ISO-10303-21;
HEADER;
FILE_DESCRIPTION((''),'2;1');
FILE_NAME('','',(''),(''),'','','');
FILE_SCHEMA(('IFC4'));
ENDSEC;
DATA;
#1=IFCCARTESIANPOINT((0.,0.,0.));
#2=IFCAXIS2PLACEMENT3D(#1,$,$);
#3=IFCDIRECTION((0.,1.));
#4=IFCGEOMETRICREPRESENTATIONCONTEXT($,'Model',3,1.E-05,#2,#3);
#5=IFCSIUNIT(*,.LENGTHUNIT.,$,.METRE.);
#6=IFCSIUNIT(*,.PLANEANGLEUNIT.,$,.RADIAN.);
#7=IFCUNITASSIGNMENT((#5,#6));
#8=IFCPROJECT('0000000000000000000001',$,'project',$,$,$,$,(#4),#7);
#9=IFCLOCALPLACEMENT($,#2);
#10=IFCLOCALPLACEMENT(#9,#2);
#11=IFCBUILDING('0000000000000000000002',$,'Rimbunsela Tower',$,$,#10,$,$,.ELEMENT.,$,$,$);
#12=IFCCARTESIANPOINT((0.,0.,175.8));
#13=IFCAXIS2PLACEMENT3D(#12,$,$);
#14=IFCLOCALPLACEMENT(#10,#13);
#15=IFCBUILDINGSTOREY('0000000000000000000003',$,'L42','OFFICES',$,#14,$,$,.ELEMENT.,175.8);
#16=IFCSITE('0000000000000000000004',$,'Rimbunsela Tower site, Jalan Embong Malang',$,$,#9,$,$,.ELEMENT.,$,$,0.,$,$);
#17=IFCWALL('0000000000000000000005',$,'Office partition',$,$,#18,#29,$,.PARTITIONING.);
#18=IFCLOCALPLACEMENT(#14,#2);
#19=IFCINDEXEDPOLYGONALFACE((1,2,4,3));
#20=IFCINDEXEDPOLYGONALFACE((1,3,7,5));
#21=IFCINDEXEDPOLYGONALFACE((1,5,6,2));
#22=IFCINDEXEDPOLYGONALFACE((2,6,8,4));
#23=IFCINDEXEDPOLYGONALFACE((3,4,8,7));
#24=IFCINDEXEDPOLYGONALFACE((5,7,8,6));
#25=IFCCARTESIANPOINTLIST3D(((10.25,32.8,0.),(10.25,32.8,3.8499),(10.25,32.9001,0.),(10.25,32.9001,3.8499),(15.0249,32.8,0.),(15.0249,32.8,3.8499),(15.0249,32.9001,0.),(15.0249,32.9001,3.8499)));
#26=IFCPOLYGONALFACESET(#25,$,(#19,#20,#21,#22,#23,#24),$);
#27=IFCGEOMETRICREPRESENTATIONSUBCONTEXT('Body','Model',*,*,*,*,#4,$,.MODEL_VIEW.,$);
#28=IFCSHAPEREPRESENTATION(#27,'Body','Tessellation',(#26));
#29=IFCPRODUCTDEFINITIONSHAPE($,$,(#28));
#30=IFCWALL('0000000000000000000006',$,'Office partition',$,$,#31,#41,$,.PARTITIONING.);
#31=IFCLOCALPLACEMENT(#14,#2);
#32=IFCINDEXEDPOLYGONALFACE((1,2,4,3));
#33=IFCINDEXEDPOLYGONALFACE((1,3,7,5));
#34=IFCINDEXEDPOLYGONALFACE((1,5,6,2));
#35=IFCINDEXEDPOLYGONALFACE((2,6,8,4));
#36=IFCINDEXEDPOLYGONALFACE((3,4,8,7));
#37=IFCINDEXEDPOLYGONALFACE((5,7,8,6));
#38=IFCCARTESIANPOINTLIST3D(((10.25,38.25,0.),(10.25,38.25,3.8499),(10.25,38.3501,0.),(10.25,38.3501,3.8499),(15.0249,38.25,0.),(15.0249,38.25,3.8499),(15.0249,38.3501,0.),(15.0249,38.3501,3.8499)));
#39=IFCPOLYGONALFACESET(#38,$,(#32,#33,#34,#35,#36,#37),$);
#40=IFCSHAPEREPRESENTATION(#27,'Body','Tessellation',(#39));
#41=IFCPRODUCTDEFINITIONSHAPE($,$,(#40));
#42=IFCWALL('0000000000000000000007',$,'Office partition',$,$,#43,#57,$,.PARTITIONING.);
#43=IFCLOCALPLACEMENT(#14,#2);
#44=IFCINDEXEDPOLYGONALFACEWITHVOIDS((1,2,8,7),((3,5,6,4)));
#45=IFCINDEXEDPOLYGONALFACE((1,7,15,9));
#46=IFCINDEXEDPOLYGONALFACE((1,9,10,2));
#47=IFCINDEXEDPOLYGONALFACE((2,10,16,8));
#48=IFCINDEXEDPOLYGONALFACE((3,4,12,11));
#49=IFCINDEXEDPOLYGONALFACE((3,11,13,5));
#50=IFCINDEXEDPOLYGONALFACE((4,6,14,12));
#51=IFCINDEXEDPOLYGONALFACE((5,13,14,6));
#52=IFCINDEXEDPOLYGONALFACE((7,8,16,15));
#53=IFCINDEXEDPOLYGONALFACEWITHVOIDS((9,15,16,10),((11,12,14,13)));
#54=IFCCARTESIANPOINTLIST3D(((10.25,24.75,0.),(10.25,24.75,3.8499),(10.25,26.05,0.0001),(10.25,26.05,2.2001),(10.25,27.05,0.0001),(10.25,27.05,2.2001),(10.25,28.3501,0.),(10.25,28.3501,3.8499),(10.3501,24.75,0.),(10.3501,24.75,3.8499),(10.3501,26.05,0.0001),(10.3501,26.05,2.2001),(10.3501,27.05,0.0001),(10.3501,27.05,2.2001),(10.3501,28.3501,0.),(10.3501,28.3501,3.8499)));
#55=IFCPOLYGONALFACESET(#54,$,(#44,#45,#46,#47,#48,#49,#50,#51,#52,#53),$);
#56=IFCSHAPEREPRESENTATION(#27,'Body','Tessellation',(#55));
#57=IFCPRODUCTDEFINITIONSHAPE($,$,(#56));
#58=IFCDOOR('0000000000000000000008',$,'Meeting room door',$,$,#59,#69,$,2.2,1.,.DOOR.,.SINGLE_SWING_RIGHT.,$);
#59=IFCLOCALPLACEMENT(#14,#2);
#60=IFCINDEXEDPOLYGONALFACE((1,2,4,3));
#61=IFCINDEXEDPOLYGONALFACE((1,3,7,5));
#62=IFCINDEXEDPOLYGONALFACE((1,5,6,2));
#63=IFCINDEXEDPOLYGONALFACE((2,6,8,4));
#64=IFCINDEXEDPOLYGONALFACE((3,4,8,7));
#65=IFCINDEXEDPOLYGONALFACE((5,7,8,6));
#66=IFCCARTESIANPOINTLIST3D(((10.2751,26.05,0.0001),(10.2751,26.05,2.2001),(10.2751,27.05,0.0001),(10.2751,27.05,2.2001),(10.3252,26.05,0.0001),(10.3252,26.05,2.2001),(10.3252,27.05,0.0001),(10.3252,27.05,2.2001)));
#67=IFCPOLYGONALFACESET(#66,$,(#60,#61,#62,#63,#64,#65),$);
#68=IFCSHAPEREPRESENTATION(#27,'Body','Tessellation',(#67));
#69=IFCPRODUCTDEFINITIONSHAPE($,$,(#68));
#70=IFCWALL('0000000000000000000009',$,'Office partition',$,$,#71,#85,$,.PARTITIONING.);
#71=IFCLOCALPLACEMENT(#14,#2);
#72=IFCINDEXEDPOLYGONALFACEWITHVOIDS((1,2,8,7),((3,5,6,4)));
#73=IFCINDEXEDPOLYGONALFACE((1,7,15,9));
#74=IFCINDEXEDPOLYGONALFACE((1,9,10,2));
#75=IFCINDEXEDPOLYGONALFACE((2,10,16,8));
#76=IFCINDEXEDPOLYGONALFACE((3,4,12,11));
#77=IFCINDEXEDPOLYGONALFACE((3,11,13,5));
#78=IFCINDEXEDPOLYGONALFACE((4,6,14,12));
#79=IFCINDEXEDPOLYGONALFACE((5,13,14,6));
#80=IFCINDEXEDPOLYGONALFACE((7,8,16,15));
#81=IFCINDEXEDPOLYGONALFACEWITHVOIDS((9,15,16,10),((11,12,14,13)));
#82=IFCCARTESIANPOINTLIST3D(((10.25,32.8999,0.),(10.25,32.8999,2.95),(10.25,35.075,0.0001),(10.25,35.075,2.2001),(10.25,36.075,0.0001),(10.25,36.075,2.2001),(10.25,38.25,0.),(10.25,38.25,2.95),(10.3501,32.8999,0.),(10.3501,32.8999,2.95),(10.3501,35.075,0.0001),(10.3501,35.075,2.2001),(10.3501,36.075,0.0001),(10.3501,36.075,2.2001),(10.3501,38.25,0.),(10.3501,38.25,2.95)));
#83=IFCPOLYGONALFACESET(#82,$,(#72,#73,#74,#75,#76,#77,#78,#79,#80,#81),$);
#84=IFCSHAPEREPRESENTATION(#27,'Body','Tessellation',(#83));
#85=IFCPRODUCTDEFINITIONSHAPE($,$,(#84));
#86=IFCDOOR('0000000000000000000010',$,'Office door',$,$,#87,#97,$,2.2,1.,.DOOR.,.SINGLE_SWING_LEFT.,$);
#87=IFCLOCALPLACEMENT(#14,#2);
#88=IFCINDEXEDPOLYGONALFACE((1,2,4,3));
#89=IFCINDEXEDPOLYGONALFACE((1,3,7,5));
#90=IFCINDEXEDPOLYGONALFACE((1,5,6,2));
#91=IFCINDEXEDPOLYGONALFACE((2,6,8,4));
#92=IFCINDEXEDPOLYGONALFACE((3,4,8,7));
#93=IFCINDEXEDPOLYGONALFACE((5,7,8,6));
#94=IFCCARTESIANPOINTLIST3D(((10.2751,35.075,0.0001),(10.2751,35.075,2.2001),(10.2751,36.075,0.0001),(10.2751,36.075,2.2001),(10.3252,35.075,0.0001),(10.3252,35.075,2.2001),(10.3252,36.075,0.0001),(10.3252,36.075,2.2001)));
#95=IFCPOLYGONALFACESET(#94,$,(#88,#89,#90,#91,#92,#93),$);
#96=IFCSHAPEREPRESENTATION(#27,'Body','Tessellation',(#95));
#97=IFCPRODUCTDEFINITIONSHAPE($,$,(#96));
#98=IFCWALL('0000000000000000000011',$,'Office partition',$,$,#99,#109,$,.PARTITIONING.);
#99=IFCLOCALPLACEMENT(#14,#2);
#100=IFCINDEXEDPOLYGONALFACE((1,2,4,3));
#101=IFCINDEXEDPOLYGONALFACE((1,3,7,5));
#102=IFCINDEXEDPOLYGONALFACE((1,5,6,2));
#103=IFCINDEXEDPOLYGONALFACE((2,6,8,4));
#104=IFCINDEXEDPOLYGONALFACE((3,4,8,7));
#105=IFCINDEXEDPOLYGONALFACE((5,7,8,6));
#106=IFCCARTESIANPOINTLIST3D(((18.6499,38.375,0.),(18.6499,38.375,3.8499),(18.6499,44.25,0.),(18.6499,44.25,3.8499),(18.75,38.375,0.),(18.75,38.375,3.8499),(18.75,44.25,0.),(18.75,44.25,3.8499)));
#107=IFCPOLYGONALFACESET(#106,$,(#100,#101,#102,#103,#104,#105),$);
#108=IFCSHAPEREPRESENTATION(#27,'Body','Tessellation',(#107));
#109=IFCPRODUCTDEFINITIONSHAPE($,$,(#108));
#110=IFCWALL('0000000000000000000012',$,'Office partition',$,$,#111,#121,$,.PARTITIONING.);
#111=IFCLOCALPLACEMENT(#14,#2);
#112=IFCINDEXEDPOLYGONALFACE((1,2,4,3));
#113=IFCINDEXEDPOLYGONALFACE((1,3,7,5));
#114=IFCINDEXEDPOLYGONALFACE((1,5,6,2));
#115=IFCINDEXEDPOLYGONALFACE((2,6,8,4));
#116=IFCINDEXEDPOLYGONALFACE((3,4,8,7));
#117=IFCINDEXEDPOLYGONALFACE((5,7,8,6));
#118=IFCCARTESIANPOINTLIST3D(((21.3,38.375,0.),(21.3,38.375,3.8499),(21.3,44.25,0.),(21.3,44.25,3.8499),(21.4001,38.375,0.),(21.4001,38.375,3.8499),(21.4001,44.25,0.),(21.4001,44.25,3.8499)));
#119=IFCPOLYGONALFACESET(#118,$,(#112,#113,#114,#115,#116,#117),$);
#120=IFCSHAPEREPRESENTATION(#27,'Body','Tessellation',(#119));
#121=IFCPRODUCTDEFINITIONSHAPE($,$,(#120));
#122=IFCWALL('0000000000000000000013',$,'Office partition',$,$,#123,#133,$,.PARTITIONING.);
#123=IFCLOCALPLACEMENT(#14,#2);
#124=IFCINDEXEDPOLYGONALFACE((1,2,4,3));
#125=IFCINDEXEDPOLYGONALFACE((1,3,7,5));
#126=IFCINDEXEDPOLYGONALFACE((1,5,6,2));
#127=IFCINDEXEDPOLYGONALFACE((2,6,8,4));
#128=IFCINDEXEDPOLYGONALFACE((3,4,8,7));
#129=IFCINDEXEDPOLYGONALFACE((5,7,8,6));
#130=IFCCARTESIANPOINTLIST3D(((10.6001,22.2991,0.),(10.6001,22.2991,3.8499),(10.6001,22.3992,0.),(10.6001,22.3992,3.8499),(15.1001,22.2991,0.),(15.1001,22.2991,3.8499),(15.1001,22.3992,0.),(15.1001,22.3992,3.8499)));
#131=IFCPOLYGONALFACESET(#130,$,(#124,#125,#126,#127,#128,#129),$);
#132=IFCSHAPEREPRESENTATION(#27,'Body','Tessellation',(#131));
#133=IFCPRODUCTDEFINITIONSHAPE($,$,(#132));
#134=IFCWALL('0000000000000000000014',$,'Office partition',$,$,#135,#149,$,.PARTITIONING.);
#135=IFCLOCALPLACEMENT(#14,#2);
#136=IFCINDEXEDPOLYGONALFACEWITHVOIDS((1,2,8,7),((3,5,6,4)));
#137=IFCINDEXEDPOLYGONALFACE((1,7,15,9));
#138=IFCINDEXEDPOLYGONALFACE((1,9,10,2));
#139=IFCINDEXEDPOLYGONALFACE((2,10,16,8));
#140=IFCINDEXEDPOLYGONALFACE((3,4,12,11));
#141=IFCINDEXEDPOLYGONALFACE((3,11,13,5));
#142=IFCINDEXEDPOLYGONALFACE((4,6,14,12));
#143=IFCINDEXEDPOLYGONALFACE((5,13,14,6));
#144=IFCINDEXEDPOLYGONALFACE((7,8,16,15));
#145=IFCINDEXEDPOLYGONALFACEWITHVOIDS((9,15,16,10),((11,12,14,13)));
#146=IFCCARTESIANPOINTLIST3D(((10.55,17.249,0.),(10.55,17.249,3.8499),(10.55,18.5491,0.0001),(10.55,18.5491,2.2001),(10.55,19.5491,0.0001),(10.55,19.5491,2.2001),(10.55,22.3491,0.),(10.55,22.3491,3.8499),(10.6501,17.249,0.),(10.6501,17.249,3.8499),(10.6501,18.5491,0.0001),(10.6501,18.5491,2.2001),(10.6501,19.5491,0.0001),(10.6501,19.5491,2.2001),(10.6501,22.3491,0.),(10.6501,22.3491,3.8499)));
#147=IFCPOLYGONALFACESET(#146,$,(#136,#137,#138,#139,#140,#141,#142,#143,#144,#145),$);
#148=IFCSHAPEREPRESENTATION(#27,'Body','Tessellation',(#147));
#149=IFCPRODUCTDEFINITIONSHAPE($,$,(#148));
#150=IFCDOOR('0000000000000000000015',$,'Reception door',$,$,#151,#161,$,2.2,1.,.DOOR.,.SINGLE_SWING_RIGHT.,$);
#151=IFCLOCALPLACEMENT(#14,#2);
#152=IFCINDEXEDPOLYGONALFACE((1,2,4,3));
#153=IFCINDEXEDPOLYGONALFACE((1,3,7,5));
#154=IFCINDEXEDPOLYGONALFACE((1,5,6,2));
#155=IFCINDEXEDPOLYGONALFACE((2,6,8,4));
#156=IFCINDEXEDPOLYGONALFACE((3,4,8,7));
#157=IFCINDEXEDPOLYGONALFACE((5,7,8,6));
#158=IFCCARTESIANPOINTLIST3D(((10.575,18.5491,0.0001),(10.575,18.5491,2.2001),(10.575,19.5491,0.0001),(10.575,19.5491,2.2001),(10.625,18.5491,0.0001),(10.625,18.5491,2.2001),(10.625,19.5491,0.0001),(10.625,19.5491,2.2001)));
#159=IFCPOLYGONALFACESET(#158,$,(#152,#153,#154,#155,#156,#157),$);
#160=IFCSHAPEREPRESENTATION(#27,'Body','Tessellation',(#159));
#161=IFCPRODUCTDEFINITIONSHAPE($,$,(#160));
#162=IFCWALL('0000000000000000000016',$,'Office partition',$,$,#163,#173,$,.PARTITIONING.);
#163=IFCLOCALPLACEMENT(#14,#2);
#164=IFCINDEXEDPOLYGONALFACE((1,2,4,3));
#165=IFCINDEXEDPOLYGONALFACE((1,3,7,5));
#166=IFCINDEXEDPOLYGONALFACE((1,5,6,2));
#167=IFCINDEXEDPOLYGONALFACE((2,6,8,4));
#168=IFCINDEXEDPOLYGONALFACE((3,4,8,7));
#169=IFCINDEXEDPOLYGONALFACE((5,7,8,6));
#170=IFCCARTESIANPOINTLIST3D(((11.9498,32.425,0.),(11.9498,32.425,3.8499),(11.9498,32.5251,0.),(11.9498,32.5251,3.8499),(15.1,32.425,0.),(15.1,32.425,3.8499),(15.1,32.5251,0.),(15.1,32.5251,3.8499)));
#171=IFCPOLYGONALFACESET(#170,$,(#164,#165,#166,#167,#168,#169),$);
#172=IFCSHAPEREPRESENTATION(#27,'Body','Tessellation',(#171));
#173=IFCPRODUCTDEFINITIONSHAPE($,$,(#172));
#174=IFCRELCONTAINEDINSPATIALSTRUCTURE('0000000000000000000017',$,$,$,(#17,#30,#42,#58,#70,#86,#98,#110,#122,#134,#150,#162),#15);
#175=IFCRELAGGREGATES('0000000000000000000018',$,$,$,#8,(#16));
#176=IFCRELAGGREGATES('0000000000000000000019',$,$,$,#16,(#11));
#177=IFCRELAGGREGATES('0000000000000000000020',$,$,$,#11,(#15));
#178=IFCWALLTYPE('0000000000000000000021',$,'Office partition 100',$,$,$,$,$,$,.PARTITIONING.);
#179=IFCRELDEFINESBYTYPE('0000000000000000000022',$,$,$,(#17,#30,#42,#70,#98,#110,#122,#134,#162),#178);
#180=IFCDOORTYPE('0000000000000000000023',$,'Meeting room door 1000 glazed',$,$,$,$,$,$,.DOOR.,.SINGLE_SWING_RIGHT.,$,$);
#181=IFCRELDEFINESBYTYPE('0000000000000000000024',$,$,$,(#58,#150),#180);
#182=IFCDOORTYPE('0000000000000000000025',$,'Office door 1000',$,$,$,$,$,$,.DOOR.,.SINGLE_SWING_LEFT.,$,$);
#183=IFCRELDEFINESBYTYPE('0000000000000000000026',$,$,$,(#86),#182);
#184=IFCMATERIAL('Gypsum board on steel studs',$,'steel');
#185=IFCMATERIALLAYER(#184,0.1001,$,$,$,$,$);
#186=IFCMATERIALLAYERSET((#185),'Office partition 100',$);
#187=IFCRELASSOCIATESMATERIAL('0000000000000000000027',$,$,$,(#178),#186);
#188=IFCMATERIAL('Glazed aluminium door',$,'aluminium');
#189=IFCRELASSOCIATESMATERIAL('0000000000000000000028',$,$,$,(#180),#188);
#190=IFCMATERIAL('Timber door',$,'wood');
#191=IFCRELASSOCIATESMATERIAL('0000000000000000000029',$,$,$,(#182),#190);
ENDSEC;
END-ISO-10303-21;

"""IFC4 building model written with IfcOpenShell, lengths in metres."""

from ifc_helpers import new_model, si_unit, direction, frame, frame_2d, origin, place, context, subcontext, project, spatial, rectangle, extrude, material, layer, layer_set, type_object, element, fill, save


model = new_model("IFC4")

# Units and contexts
model_context = context("Model", 3, precision=1e-05, world=origin(), true_north=direction((0.0, 1.0)))
body_context = subcontext(model_context, "Body", "Model", "MODEL_VIEW")
ifc_project = project(units=[si_unit("LENGTHUNIT", "METRE"), si_unit("PLANEANGLEUNIT", "RADIAN")], contexts=[model_context])

# Site, building, storey
site_placement = place(None, origin())
site = spatial("IfcSite", under=ifc_project, at=site_placement, Name="Rimbunsela Tower site, Jalan Embong Malang", CompositionType="ELEMENT", RefElevation=0.0)
building_placement = place(site_placement, origin())
building = spatial("IfcBuilding", under=site, at=building_placement, Name="Rimbunsela Tower", CompositionType="ELEMENT")
storey_placement = place(building_placement, frame((0.0, 0.0, 175.8)))
storey = spatial("IfcBuildingStorey", under=building, at=storey_placement, Name="L42", Description="OFFICES", CompositionType="ELEMENT", Elevation=175.8)

# Walls
ifc_material_1 = material(Name="Gypsum board on steel studs", Category="steel")
ifc_layer_1 = layer(ifc_material_1, 0.1001)
ifc_layer_set_1 = layer_set([ifc_layer_1], Name="Office partition 100")
wall_type_1 = type_object("IfcWallType", Name="Office partition 100", PredefinedType="PARTITIONING", material=ifc_layer_set_1)
for number, where, z_axis, x_axis, name in (
    (1, (10.25, 32.8501, 0.0), (0.0, 0.0, 1.0), (1.0, 0.0, 0.0), "Office partition"),
    (2, (10.25, 38.3, 0.0), (0.0, 0.0, 1.0), (1.0, 0.0, 0.0), "Office partition"),
):
    element("IfcWall", number, at=place(storey_placement, frame(where, z_axis=z_axis, x_axis=x_axis)), inside=storey, type_object=wall_type_1, Name=name, PredefinedType="PARTITIONING", context=body_context, shape_type="SweptSolid", body=[
        extrude(rectangle(XDim=4.7749, YDim=0.1001, at=frame_2d((2.3875, 0.0))), origin(), (0.0, 0.0, 1.0), 3.8499),
    ])

# Walls, openings, doors
wall_1_placement = place(storey_placement, frame((10.3, 24.75, 0.0), z_axis=(0.0, 0.0, 1.0), x_axis=(0.0, 1.0, 0.0)))
wall_1 = element("IfcWall", 3, at=wall_1_placement, inside=storey, type_object=wall_type_1, Name="Office partition", PredefinedType="PARTITIONING", context=body_context, shape_type="SweptSolid", body=[
    extrude(rectangle(XDim=3.6001, YDim=0.1001, at=frame_2d((1.8, 0.0))), origin(), (0.0, 0.0, 1.0), 3.8499),
])
opening_1_placement = place(wall_1_placement, frame((1.3, 0.0, 0.0)))
opening_1 = element("IfcOpeningElement", 4, at=opening_1_placement, cuts=wall_1, PredefinedType="OPENING", context=body_context, shape_type="SweptSolid", body=[
    extrude(rectangle(XDim=1.0, YDim=2.2, at=frame_2d((0.5, 1.1001))), frame((0.0, 0.0601, 0.0), z_axis=(0.0, -1.0, 0.0), x_axis=(1.0, 0.0, 0.0)), (0.0, 0.0, 1.0), 0.1201),
])
ifc_material_2 = material(Name="Glazed aluminium door", Category="aluminium")
door_type_1 = type_object("IfcDoorType", Name="Meeting room door 1000 glazed", OperationType="SINGLE_SWING_RIGHT", PredefinedType="DOOR", material=ifc_material_2)
door_1_placement = place(opening_1_placement, origin())
door_1 = element("IfcDoor", 5, at=door_1_placement, inside=storey, type_object=door_type_1, Name="Meeting room door", OperationType="SINGLE_SWING_RIGHT", OverallHeight=2.2, OverallWidth=1.0, PredefinedType="DOOR", context=body_context, shape_type="SweptSolid", body=[
    extrude(rectangle(XDim=1.0, YDim=2.2, at=frame_2d((0.5, 1.1001))), frame((0.0, 0.0249, 0.0), z_axis=(0.0, -1.0, 0.0), x_axis=(1.0, 0.0, 0.0)), (0.0, 0.0, 1.0), 0.05),
])
fill(opening_1, door_1)
wall_2_placement = place(storey_placement, frame((10.3, 32.8999, 0.0), z_axis=(0.0, 0.0, 1.0), x_axis=(0.0, 1.0, 0.0)))
wall_2 = element("IfcWall", 6, at=wall_2_placement, inside=storey, type_object=wall_type_1, Name="Office partition", PredefinedType="PARTITIONING", context=body_context, shape_type="SweptSolid", body=[
    extrude(rectangle(XDim=5.3501, YDim=0.1001, at=frame_2d((2.675, 0.0))), origin(), (0.0, 0.0, 1.0), 2.95),
])
opening_2_placement = place(wall_2_placement, frame((2.175, 0.0, 0.0)))
opening_2 = element("IfcOpeningElement", 7, at=opening_2_placement, cuts=wall_2, PredefinedType="OPENING", context=body_context, shape_type="SweptSolid", body=[
    extrude(rectangle(XDim=1.0, YDim=2.2, at=frame_2d((0.5, 1.1001))), frame((0.0, 0.0601, 0.0), z_axis=(0.0, -1.0, 0.0), x_axis=(1.0, 0.0, 0.0)), (0.0, 0.0, 1.0), 0.1201),
])
ifc_material_3 = material(Name="Timber door", Category="wood")
door_type_2 = type_object("IfcDoorType", Name="Office door 1000", OperationType="SINGLE_SWING_LEFT", PredefinedType="DOOR", material=ifc_material_3)
door_2_placement = place(opening_2_placement, origin())
door_2 = element("IfcDoor", 8, at=door_2_placement, inside=storey, type_object=door_type_2, Name="Office door", OperationType="SINGLE_SWING_LEFT", OverallHeight=2.2, OverallWidth=1.0, PredefinedType="DOOR", context=body_context, shape_type="SweptSolid", body=[
    extrude(rectangle(XDim=1.0, YDim=2.2, at=frame_2d((0.5, 1.1001))), frame((0.0, 0.0249, 0.0), z_axis=(0.0, -1.0, 0.0), x_axis=(1.0, 0.0, 0.0)), (0.0, 0.0, 1.0), 0.05),
])
fill(opening_2, door_2)

# Walls
for number, where, z_axis, x_axis, name in (
    (9, (18.7, 38.375, 0.0), (0.0, 0.0, 1.0), (0.0, 1.0, 0.0), "Office partition"),
    (10, (21.3501, 38.375, 0.0), (0.0, 0.0, 1.0), (0.0, 1.0, 0.0), "Office partition"),
):
    element("IfcWall", number, at=place(storey_placement, frame(where, z_axis=z_axis, x_axis=x_axis)), inside=storey, type_object=wall_type_1, Name=name, PredefinedType="PARTITIONING", context=body_context, shape_type="SweptSolid", body=[
        extrude(rectangle(XDim=5.875, YDim=0.1001, at=frame_2d((2.9375, 0.0))), origin(), (0.0, 0.0, 1.0), 3.8499),
    ])
wall_3_placement = place(storey_placement, frame((15.1001, 22.3491, 0.0), z_axis=(0.0, 0.0, 1.0), x_axis=(-1.0, 0.0, 0.0)))
element("IfcWall", 11, at=wall_3_placement, inside=storey, type_object=wall_type_1, Name="Office partition", PredefinedType="PARTITIONING", context=body_context, shape_type="SweptSolid", body=[
    extrude(rectangle(XDim=4.5, YDim=0.1001, at=frame_2d((2.25, 0.0))), origin(), (0.0, 0.0, 1.0), 3.8499),
])

# Wall, opening, door
wall_4_placement = place(storey_placement, frame((10.6001, 22.3491, 0.0), z_axis=(0.0, 0.0, 1.0), x_axis=(0.0, -1.0, 0.0)))
wall_4 = element("IfcWall", 12, at=wall_4_placement, inside=storey, type_object=wall_type_1, Name="Office partition", PredefinedType="PARTITIONING", context=body_context, shape_type="SweptSolid", body=[
    extrude(rectangle(XDim=5.1001, YDim=0.1001, at=frame_2d((2.55, 0.0))), origin(), (0.0, 0.0, 1.0), 3.8499),
])
opening_3_placement = place(wall_4_placement, frame((2.8, 0.0, 0.0)))
opening_3 = element("IfcOpeningElement", 13, at=opening_3_placement, cuts=wall_4, PredefinedType="OPENING", context=body_context, shape_type="SweptSolid", body=[
    extrude(rectangle(XDim=1.0, YDim=2.2, at=frame_2d((0.5, 1.1001))), frame((0.0, 0.0601, 0.0), z_axis=(0.0, -1.0, 0.0), x_axis=(1.0, 0.0, 0.0)), (0.0, 0.0, 1.0), 0.1201),
])
door_3_placement = place(opening_3_placement, origin())
door_3 = element("IfcDoor", 14, at=door_3_placement, inside=storey, type_object=door_type_1, Name="Reception door", OperationType="SINGLE_SWING_RIGHT", OverallHeight=2.2, OverallWidth=1.0, PredefinedType="DOOR", context=body_context, shape_type="SweptSolid", body=[
    extrude(rectangle(XDim=1.0, YDim=2.2, at=frame_2d((0.5, 1.1001))), frame((0.0, 0.0249, 0.0), z_axis=(0.0, -1.0, 0.0), x_axis=(1.0, 0.0, 0.0)), (0.0, 0.0, 1.0), 0.05),
])
fill(opening_3, door_3)

# Wall
wall_5_placement = place(storey_placement, frame((15.1001, 32.4751, 0.0), z_axis=(0.0, 0.0, 1.0), x_axis=(-1.0, 0.0, 0.0)))
element("IfcWall", 15, at=wall_5_placement, inside=storey, type_object=wall_type_1, Name="Office partition", PredefinedType="PARTITIONING", context=body_context, shape_type="SweptSolid", body=[
    extrude(rectangle(XDim=3.1501, YDim=0.1001, at=frame_2d((1.5752, 0.0))), origin(), (0.0, 0.0, 1.0), 3.8499),
])

save(model, "model.ifc")
